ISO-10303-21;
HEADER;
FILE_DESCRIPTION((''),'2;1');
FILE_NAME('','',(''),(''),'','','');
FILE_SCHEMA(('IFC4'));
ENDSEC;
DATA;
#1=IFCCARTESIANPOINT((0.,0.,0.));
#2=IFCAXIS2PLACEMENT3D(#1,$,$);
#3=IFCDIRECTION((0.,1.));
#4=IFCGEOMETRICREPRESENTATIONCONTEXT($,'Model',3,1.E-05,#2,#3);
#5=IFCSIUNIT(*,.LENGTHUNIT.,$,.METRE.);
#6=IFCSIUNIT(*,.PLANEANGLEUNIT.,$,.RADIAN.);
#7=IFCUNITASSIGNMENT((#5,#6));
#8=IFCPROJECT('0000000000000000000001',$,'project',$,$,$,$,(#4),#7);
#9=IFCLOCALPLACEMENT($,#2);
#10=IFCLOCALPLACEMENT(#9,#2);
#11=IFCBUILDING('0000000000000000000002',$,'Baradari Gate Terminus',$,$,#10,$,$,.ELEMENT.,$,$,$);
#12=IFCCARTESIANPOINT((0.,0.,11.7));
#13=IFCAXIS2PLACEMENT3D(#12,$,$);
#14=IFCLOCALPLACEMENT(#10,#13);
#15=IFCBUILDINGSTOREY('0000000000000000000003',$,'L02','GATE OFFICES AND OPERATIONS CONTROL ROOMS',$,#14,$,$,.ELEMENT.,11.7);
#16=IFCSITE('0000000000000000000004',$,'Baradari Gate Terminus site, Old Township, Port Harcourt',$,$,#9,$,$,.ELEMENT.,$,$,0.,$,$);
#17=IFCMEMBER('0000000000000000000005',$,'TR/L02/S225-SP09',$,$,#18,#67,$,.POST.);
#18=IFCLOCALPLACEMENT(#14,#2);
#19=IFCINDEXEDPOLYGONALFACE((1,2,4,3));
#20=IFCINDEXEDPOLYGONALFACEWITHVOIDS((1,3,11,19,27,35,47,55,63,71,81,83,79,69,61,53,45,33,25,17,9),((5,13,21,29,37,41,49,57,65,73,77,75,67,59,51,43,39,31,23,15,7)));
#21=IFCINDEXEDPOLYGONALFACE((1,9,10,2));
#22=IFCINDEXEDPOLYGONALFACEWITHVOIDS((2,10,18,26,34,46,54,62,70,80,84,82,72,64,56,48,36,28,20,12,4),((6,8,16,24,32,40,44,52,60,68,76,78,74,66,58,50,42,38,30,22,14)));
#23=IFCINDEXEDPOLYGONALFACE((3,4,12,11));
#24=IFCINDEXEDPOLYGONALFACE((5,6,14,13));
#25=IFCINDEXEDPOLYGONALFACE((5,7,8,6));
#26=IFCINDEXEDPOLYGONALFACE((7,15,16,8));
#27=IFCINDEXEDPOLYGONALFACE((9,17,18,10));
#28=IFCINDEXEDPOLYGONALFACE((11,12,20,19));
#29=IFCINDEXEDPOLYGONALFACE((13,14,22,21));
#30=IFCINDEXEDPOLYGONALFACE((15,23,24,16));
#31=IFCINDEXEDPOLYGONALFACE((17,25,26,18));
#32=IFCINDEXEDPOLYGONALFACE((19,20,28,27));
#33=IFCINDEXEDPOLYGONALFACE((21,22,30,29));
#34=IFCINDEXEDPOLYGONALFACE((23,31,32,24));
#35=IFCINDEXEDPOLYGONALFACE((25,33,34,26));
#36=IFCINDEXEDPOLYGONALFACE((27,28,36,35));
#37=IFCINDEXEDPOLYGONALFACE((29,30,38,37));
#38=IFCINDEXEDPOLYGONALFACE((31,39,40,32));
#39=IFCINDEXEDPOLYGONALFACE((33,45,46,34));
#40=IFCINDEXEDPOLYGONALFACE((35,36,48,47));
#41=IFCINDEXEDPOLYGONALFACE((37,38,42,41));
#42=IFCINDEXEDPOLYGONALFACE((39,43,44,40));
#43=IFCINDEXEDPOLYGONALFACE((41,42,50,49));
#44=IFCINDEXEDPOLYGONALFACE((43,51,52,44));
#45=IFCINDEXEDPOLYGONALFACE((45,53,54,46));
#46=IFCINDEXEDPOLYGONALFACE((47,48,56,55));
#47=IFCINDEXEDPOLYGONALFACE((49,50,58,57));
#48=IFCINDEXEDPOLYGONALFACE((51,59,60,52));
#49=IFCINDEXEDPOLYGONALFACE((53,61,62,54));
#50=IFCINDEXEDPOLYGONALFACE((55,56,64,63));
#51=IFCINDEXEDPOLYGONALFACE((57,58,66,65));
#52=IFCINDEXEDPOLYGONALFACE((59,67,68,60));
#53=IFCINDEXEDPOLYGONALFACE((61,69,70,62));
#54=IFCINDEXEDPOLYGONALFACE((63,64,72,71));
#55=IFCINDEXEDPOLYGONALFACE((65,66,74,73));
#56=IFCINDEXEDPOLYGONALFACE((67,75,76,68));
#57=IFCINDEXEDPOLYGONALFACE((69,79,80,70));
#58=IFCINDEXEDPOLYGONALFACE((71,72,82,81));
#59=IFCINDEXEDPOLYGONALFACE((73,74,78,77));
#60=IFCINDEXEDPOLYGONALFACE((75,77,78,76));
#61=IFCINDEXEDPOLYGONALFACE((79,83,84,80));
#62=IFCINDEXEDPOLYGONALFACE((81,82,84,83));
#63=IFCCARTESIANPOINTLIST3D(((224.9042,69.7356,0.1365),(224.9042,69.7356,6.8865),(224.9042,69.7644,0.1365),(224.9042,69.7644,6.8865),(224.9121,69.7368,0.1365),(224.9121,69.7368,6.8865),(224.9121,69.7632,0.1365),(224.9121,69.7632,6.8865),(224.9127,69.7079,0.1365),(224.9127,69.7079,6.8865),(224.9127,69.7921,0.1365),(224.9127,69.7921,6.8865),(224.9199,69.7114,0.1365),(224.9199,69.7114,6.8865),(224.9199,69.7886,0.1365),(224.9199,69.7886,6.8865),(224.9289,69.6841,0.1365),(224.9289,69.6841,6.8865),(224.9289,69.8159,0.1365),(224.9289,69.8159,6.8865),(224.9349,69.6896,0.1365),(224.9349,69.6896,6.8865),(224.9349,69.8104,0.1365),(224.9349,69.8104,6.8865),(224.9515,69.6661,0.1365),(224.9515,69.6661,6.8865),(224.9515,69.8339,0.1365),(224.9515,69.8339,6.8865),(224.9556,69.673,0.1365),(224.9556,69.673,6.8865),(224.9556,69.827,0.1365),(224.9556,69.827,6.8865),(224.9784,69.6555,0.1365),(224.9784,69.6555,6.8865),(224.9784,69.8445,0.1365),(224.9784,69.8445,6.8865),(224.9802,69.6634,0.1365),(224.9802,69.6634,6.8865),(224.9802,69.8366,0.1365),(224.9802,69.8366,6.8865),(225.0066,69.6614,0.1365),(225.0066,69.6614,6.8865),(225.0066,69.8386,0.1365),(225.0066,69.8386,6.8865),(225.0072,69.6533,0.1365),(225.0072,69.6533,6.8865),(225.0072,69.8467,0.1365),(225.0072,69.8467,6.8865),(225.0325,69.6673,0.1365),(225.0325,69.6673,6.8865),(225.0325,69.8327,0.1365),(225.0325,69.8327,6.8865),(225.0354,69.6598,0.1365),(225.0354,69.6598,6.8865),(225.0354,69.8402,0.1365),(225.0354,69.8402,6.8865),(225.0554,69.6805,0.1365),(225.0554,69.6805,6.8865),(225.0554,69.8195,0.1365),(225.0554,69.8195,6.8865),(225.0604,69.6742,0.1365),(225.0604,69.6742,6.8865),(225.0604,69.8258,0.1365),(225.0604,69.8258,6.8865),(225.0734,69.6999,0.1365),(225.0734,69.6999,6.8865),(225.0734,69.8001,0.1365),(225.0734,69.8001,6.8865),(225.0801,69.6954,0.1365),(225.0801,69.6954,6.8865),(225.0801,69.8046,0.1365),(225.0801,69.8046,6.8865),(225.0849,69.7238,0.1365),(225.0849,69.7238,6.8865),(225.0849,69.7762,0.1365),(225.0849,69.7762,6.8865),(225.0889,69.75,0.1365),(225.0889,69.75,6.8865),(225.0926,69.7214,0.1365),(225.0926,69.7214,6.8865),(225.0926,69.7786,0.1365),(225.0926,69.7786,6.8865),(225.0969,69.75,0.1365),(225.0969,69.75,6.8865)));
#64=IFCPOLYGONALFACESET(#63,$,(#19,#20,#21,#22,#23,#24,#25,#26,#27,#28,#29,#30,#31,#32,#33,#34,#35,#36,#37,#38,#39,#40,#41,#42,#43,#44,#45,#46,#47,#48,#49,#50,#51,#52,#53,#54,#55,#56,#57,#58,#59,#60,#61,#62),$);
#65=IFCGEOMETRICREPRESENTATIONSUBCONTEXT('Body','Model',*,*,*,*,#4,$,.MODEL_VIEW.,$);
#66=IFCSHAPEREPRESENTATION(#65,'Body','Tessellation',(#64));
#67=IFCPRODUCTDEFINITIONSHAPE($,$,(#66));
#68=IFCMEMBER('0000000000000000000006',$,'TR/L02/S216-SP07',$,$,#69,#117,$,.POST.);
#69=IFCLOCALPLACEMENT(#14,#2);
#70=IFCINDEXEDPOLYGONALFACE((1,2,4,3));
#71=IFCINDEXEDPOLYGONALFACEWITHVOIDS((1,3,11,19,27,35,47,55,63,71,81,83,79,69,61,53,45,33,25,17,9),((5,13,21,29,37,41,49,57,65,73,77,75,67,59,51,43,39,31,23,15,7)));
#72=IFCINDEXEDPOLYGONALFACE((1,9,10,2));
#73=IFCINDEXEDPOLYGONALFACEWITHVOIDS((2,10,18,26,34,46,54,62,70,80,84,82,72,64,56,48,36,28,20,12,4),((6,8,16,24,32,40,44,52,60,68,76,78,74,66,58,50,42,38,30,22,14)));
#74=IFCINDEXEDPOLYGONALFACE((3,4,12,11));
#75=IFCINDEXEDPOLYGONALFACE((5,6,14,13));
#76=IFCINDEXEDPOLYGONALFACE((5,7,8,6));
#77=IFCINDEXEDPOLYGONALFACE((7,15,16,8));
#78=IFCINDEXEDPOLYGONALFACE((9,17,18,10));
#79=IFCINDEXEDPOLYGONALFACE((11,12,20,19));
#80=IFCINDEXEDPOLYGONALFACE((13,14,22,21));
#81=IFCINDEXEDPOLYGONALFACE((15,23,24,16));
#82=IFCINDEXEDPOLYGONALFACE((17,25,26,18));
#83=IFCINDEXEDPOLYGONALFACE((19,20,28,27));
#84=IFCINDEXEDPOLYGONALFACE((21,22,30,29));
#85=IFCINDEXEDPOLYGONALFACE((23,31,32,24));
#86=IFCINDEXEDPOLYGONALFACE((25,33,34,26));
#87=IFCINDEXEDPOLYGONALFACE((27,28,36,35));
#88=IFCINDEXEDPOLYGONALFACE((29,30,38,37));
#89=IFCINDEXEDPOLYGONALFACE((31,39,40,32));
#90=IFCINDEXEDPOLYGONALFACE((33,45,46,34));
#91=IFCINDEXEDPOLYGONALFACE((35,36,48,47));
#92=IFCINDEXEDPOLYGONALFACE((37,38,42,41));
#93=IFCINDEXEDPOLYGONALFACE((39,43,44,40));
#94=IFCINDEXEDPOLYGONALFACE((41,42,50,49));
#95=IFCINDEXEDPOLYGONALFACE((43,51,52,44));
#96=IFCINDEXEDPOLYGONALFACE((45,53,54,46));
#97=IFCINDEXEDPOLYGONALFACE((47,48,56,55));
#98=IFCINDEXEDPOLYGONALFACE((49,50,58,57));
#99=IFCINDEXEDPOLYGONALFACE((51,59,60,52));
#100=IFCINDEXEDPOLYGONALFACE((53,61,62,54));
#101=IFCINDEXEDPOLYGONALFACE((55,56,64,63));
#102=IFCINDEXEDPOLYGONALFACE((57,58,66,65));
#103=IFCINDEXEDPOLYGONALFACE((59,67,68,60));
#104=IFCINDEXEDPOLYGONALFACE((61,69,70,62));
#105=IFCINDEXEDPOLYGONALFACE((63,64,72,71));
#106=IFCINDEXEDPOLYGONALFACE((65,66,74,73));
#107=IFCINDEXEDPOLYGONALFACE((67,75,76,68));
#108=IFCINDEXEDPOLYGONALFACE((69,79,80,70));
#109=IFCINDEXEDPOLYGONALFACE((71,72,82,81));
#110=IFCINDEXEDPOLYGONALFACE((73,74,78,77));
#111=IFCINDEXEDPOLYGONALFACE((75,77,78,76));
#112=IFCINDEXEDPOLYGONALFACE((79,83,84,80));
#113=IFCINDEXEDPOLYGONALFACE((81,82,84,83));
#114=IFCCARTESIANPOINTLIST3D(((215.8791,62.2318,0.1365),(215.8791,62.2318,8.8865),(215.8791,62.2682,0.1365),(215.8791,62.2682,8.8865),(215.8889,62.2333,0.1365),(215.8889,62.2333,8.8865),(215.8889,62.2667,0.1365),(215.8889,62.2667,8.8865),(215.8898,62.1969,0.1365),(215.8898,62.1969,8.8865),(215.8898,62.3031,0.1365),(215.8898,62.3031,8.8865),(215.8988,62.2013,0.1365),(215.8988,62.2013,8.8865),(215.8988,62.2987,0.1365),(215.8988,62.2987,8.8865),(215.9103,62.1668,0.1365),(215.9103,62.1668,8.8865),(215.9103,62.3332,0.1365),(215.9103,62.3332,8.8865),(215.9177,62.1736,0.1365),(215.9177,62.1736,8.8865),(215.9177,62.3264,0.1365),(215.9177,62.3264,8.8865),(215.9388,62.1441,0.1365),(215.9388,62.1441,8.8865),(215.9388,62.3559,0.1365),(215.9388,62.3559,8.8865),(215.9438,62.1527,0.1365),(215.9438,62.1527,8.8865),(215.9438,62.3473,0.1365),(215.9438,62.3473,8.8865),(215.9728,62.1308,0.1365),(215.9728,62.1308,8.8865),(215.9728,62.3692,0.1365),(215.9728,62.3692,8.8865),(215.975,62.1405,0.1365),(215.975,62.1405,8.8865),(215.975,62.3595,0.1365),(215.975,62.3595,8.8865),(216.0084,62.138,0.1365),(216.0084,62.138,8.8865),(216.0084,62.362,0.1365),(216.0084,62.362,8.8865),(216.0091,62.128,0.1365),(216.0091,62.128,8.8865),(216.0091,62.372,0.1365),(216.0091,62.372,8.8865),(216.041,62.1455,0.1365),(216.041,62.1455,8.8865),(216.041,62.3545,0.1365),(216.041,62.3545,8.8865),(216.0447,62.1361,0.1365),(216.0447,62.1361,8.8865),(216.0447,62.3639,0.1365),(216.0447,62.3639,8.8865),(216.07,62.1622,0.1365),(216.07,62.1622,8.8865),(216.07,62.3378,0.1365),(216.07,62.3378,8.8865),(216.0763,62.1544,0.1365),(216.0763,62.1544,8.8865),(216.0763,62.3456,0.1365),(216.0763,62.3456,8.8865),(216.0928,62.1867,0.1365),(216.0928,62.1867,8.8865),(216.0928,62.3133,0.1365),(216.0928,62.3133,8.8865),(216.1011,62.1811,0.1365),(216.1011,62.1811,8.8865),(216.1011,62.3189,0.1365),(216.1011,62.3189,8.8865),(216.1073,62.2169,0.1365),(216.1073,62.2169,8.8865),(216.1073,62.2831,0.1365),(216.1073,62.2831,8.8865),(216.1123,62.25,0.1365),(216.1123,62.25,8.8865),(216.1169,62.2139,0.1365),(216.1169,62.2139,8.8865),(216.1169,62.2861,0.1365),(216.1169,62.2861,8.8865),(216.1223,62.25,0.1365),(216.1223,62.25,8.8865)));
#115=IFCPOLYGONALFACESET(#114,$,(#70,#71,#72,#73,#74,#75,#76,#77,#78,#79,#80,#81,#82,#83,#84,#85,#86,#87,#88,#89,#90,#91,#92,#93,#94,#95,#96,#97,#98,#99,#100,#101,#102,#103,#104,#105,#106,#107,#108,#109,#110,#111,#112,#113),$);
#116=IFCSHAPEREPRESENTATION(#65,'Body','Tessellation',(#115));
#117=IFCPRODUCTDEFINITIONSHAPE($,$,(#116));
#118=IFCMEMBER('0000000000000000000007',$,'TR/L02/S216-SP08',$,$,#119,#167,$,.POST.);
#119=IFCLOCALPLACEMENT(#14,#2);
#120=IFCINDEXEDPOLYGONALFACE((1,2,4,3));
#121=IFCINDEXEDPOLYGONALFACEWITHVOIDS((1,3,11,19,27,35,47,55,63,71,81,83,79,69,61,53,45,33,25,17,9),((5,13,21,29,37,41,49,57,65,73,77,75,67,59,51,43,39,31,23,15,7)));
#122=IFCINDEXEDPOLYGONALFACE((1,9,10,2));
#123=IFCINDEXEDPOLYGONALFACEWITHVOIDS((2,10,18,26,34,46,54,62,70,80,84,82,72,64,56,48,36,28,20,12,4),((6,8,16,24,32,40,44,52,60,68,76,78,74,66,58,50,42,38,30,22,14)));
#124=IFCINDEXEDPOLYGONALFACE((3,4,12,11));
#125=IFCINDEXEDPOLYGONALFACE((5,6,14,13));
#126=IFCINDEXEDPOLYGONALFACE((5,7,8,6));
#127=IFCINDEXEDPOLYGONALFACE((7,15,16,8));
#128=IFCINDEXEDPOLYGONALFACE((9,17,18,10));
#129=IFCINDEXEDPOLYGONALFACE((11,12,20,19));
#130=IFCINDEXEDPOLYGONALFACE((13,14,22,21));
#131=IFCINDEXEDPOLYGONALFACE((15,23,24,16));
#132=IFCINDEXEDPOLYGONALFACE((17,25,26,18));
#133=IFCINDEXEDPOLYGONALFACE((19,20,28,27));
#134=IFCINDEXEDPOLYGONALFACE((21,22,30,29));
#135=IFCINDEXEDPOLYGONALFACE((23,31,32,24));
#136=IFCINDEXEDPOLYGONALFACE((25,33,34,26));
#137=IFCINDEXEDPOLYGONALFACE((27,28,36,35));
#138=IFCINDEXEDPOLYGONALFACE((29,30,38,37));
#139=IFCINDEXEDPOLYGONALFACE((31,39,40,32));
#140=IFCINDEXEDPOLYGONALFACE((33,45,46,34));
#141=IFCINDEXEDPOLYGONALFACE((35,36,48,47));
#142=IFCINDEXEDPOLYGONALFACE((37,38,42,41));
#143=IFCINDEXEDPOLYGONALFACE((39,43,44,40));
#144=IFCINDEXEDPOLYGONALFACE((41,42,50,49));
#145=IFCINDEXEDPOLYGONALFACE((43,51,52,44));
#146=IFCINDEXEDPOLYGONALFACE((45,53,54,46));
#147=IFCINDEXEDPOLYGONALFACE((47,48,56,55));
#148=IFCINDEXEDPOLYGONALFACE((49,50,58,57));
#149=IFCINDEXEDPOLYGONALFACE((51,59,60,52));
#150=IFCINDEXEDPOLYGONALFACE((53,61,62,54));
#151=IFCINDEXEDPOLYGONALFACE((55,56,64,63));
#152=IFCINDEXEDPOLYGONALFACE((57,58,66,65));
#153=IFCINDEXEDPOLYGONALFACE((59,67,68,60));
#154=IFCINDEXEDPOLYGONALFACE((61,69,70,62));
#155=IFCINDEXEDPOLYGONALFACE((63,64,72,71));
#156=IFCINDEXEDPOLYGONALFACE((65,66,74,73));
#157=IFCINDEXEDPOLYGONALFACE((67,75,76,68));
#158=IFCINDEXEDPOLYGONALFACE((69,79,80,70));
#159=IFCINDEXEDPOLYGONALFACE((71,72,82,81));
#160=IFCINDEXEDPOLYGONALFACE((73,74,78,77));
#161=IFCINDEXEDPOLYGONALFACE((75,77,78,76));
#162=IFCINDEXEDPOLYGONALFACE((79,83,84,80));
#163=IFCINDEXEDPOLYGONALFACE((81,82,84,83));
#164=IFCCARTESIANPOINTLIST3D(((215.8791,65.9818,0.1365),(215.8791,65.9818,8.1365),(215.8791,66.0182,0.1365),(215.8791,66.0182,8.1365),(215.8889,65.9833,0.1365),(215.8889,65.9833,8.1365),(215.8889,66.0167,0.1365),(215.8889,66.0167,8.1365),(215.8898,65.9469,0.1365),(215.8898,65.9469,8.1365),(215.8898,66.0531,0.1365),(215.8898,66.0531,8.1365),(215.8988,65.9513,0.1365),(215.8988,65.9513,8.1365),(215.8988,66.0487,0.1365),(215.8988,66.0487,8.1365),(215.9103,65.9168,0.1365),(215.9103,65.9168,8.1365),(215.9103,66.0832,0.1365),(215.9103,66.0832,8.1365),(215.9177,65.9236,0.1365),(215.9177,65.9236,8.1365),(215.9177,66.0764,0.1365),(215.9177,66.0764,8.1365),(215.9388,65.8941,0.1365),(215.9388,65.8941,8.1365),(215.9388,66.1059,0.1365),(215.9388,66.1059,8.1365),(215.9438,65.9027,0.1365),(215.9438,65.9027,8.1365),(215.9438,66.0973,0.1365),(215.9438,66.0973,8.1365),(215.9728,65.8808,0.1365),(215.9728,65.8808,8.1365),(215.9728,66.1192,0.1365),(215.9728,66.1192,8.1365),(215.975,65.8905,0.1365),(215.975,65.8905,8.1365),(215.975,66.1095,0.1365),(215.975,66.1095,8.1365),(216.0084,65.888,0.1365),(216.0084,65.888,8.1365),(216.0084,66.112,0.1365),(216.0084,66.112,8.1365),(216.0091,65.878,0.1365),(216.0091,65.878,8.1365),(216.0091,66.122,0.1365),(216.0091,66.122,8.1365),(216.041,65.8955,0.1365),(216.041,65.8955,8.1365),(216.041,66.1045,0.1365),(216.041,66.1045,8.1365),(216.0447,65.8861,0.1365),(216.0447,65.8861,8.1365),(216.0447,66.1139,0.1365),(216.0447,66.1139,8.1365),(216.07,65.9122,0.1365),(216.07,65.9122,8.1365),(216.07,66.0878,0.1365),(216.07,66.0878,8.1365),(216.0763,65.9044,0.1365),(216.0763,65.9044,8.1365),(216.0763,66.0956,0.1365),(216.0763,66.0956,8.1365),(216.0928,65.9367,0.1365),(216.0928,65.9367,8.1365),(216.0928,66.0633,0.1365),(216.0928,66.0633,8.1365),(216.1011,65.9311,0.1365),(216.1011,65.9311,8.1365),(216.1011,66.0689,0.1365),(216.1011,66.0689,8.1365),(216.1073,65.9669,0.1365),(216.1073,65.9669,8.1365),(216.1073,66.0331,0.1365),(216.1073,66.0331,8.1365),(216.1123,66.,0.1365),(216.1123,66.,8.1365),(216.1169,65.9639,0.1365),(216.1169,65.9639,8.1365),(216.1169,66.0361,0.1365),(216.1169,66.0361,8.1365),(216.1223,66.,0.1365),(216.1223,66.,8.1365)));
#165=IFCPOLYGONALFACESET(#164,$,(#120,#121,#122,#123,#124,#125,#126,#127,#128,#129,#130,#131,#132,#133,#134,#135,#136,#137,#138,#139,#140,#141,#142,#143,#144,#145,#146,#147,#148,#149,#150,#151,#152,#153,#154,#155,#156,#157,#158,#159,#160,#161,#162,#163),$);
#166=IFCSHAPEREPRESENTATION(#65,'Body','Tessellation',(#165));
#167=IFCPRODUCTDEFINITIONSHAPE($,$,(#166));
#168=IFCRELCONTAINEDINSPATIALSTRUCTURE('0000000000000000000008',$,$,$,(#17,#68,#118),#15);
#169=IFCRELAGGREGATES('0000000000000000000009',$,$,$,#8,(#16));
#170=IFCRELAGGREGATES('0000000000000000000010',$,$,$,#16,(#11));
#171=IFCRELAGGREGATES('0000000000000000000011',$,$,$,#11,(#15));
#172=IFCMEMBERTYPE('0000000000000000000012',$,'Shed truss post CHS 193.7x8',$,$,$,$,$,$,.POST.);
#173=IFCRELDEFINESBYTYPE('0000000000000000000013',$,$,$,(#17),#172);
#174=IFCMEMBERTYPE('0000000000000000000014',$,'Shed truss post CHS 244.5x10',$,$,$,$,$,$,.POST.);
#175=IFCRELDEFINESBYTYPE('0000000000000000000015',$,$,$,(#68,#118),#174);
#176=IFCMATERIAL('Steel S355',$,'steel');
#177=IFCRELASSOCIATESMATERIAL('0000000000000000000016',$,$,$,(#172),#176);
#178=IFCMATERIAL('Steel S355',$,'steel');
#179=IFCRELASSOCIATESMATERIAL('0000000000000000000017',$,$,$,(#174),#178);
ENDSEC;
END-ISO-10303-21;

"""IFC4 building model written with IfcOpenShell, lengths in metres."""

from ifc_helpers import new_model, si_unit, direction, frame, origin, origin_2d, place, context, subcontext, project, spatial, hollow_circle, extrude, material, material_profile, profile_set, type_object, element, save


model = new_model("IFC4")

# Units and contexts
model_context = context("Model", 3, precision=1e-05, world=origin(), true_north=direction((0.0, 1.0)))
body_context = subcontext(model_context, "Body", "Model", "MODEL_VIEW")
ifc_project = project(units=[si_unit("LENGTHUNIT", "METRE"), si_unit("PLANEANGLEUNIT", "RADIAN")], contexts=[model_context])

# Site, building, storey
site_placement = place(None, origin())
site = spatial("IfcSite", under=ifc_project, at=site_placement, Name="Baradari Gate Terminus site, Old Township, Port Harcourt", CompositionType="ELEMENT", RefElevation=0.0)
building_placement = place(site_placement, origin())
building = spatial("IfcBuilding", under=site, at=building_placement, Name="Baradari Gate Terminus", CompositionType="ELEMENT")
storey_placement = place(building_placement, frame((0.0, 0.0, 11.7)))
storey = spatial("IfcBuildingStorey", under=building, at=storey_placement, Name="L02", Description="GATE OFFICES AND OPERATIONS CONTROL ROOMS", CompositionType="ELEMENT", Elevation=11.7)

# Members
ifc_material_1 = material(Name="Steel S355", Category="steel")
ifc_material_profile_1 = material_profile(ifc_material_1, hollow_circle(Radius=0.0969, WallThickness=0.0081, at=origin_2d()), Name="CHS 193.7x8")
ifc_profile_set_1 = profile_set([ifc_material_profile_1], Name="Steel S355")
member_type_1 = type_object("IfcMemberType", Name="Shed truss post CHS 193.7x8", PredefinedType="POST", material=ifc_profile_set_1)
for number, where, z_axis, x_axis, name in (
    (1, (225.0, 69.75, 0.1365), (0.0, 0.0, 1.0), (1.0, 0.0, 0.0), "TR/L02/S225-SP09"),
):
    element("IfcMember", number, at=place(storey_placement, frame(where, z_axis=z_axis, x_axis=x_axis)), inside=storey, type_object=member_type_1, Name=name, PredefinedType="POST", context=body_context, shape_type="SweptSolid", body=[
        extrude(hollow_circle(Radius=0.0969, WallThickness=0.0081, at=origin_2d()), origin(), (0.0, 0.0, 1.0), 6.75),
    ])
ifc_material_2 = material(Name="Steel S355", Category="steel")
ifc_material_profile_2 = material_profile(ifc_material_2, hollow_circle(Radius=0.1223, WallThickness=0.01, at=origin_2d()), Name="CHS 244.5x10")
ifc_profile_set_2 = profile_set([ifc_material_profile_2], Name="Steel S355")
member_type_2 = type_object("IfcMemberType", Name="Shed truss post CHS 244.5x10", PredefinedType="POST", material=ifc_profile_set_2)
member_1_placement = place(storey_placement, frame((216.0, 62.25, 0.1365), z_axis=(0.0, 0.0, 1.0), x_axis=(1.0, 0.0, 0.0)))
element("IfcMember", 2, at=member_1_placement, inside=storey, type_object=member_type_2, Name="TR/L02/S216-SP07", PredefinedType="POST", context=body_context, shape_type="SweptSolid", body=[
    extrude(hollow_circle(Radius=0.1223, WallThickness=0.01, at=origin_2d()), origin(), (0.0, 0.0, 1.0), 8.75),
])
member_2_placement = place(storey_placement, frame((216.0, 66.0, 0.1365), z_axis=(0.0, 0.0, 1.0), x_axis=(1.0, 0.0, 0.0)))
element("IfcMember", 3, at=member_2_placement, inside=storey, type_object=member_type_2, Name="TR/L02/S216-SP08", PredefinedType="POST", context=body_context, shape_type="SweptSolid", body=[
    extrude(hollow_circle(Radius=0.1223, WallThickness=0.01, at=origin_2d()), origin(), (0.0, 0.0, 1.0), 8.0),
])

save(model, "model.ifc")
